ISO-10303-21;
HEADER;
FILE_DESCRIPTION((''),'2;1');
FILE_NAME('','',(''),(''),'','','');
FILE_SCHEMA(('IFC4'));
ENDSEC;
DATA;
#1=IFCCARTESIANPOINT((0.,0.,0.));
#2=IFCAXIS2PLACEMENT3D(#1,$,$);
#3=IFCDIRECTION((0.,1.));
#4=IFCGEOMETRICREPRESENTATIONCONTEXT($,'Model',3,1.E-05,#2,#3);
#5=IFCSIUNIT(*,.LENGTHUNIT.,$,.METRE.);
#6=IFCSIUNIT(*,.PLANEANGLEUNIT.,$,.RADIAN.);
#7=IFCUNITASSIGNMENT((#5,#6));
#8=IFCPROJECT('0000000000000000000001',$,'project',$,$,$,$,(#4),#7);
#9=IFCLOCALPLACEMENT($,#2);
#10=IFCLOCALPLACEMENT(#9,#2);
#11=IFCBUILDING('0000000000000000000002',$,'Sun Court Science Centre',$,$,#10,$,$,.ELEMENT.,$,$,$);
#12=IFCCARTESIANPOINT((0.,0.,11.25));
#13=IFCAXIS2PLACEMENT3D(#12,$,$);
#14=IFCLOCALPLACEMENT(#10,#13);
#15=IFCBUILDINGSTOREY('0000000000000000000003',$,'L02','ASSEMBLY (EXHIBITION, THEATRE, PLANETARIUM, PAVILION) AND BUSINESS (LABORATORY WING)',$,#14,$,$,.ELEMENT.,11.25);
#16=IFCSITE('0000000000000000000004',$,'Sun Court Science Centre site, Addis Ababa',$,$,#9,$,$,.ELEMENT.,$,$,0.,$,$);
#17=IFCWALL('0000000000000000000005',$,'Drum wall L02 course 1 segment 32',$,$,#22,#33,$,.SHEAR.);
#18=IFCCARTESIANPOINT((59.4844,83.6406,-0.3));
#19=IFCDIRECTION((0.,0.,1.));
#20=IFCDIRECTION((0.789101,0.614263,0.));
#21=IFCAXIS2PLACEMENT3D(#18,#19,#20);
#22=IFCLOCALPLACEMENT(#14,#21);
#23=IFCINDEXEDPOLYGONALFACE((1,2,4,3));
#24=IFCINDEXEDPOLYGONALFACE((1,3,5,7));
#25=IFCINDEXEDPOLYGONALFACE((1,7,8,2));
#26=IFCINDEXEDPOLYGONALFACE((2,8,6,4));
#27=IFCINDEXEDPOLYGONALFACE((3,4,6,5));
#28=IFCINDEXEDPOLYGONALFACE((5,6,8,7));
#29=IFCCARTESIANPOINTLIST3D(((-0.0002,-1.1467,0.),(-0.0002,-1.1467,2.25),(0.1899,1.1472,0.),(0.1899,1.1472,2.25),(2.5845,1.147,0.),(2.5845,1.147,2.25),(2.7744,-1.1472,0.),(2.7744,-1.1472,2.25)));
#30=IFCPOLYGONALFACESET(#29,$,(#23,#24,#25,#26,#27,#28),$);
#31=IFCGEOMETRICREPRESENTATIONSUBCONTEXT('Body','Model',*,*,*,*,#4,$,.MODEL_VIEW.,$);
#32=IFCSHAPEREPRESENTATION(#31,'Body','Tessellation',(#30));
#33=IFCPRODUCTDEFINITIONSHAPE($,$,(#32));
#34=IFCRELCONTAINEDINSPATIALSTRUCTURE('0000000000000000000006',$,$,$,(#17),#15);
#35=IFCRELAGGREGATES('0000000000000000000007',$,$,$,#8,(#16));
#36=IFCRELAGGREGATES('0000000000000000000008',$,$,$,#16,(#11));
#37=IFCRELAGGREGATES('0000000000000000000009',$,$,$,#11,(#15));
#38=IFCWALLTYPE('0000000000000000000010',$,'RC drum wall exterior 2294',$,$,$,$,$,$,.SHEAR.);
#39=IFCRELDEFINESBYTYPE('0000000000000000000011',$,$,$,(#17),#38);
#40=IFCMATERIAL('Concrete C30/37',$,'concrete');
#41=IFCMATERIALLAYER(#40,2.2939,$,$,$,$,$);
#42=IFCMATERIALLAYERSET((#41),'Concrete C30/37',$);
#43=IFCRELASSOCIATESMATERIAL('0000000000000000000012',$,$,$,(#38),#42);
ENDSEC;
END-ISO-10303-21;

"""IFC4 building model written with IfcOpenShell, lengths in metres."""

from ifc_helpers import new_model, si_unit, direction, frame, origin, place, context, subcontext, project, spatial, polyline, outline, extrude, material, layer, layer_set, type_object, element, save


model = new_model("IFC4")

# Units and contexts
model_context = context("Model", 3, precision=1e-05, world=origin(), true_north=direction((0.0, 1.0)))
body_context = subcontext(model_context, "Body", "Model", "MODEL_VIEW")
ifc_project = project(units=[si_unit("LENGTHUNIT", "METRE"), si_unit("PLANEANGLEUNIT", "RADIAN")], contexts=[model_context])

# Site, building, storey
site_placement = place(None, origin())
site = spatial("IfcSite", under=ifc_project, at=site_placement, Name="Sun Court Science Centre site, Addis Ababa", CompositionType="ELEMENT", RefElevation=0.0)
building_placement = place(site_placement, origin())
building = spatial("IfcBuilding", under=site, at=building_placement, Name="Sun Court Science Centre", CompositionType="ELEMENT")
storey_placement = place(building_placement, frame((0.0, 0.0, 11.25)))
storey = spatial("IfcBuildingStorey", under=building, at=storey_placement, Name="L02", Description="ASSEMBLY (EXHIBITION, THEATRE, PLANETARIUM, PAVILION) AND BUSINESS (LABORATORY WING)", CompositionType="ELEMENT", Elevation=11.25)

# Wall
ifc_material_1 = material(Name="Concrete C30/37", Category="concrete")
ifc_layer_1 = layer(ifc_material_1, 2.2939)
ifc_layer_set_1 = layer_set([ifc_layer_1], Name="Concrete C30/37")
wall_type_1 = type_object("IfcWallType", Name="RC drum wall exterior 2294", PredefinedType="SHEAR", material=ifc_layer_set_1)
wall_1_placement = place(storey_placement, frame((59.4844, 83.6406, -0.3), z_axis=(0.0, 0.0, 1.0), x_axis=(0.789101, 0.614263, 0.0)))
element("IfcWall", 1, at=wall_1_placement, inside=storey, type_object=wall_type_1, Name="Drum wall L02 course 1 segment 32", PredefinedType="SHEAR", context=body_context, shape_type="SweptSolid", body=[
    extrude(outline(polyline([(-0.0002, -1.1467), (2.7744, -1.1472), (2.5845, 1.147), (0.1899, 1.1472), (-0.0002, -1.1467)])), origin(), (0.0, 0.0, 1.0), 2.25),
])

save(model, "model.ifc")
